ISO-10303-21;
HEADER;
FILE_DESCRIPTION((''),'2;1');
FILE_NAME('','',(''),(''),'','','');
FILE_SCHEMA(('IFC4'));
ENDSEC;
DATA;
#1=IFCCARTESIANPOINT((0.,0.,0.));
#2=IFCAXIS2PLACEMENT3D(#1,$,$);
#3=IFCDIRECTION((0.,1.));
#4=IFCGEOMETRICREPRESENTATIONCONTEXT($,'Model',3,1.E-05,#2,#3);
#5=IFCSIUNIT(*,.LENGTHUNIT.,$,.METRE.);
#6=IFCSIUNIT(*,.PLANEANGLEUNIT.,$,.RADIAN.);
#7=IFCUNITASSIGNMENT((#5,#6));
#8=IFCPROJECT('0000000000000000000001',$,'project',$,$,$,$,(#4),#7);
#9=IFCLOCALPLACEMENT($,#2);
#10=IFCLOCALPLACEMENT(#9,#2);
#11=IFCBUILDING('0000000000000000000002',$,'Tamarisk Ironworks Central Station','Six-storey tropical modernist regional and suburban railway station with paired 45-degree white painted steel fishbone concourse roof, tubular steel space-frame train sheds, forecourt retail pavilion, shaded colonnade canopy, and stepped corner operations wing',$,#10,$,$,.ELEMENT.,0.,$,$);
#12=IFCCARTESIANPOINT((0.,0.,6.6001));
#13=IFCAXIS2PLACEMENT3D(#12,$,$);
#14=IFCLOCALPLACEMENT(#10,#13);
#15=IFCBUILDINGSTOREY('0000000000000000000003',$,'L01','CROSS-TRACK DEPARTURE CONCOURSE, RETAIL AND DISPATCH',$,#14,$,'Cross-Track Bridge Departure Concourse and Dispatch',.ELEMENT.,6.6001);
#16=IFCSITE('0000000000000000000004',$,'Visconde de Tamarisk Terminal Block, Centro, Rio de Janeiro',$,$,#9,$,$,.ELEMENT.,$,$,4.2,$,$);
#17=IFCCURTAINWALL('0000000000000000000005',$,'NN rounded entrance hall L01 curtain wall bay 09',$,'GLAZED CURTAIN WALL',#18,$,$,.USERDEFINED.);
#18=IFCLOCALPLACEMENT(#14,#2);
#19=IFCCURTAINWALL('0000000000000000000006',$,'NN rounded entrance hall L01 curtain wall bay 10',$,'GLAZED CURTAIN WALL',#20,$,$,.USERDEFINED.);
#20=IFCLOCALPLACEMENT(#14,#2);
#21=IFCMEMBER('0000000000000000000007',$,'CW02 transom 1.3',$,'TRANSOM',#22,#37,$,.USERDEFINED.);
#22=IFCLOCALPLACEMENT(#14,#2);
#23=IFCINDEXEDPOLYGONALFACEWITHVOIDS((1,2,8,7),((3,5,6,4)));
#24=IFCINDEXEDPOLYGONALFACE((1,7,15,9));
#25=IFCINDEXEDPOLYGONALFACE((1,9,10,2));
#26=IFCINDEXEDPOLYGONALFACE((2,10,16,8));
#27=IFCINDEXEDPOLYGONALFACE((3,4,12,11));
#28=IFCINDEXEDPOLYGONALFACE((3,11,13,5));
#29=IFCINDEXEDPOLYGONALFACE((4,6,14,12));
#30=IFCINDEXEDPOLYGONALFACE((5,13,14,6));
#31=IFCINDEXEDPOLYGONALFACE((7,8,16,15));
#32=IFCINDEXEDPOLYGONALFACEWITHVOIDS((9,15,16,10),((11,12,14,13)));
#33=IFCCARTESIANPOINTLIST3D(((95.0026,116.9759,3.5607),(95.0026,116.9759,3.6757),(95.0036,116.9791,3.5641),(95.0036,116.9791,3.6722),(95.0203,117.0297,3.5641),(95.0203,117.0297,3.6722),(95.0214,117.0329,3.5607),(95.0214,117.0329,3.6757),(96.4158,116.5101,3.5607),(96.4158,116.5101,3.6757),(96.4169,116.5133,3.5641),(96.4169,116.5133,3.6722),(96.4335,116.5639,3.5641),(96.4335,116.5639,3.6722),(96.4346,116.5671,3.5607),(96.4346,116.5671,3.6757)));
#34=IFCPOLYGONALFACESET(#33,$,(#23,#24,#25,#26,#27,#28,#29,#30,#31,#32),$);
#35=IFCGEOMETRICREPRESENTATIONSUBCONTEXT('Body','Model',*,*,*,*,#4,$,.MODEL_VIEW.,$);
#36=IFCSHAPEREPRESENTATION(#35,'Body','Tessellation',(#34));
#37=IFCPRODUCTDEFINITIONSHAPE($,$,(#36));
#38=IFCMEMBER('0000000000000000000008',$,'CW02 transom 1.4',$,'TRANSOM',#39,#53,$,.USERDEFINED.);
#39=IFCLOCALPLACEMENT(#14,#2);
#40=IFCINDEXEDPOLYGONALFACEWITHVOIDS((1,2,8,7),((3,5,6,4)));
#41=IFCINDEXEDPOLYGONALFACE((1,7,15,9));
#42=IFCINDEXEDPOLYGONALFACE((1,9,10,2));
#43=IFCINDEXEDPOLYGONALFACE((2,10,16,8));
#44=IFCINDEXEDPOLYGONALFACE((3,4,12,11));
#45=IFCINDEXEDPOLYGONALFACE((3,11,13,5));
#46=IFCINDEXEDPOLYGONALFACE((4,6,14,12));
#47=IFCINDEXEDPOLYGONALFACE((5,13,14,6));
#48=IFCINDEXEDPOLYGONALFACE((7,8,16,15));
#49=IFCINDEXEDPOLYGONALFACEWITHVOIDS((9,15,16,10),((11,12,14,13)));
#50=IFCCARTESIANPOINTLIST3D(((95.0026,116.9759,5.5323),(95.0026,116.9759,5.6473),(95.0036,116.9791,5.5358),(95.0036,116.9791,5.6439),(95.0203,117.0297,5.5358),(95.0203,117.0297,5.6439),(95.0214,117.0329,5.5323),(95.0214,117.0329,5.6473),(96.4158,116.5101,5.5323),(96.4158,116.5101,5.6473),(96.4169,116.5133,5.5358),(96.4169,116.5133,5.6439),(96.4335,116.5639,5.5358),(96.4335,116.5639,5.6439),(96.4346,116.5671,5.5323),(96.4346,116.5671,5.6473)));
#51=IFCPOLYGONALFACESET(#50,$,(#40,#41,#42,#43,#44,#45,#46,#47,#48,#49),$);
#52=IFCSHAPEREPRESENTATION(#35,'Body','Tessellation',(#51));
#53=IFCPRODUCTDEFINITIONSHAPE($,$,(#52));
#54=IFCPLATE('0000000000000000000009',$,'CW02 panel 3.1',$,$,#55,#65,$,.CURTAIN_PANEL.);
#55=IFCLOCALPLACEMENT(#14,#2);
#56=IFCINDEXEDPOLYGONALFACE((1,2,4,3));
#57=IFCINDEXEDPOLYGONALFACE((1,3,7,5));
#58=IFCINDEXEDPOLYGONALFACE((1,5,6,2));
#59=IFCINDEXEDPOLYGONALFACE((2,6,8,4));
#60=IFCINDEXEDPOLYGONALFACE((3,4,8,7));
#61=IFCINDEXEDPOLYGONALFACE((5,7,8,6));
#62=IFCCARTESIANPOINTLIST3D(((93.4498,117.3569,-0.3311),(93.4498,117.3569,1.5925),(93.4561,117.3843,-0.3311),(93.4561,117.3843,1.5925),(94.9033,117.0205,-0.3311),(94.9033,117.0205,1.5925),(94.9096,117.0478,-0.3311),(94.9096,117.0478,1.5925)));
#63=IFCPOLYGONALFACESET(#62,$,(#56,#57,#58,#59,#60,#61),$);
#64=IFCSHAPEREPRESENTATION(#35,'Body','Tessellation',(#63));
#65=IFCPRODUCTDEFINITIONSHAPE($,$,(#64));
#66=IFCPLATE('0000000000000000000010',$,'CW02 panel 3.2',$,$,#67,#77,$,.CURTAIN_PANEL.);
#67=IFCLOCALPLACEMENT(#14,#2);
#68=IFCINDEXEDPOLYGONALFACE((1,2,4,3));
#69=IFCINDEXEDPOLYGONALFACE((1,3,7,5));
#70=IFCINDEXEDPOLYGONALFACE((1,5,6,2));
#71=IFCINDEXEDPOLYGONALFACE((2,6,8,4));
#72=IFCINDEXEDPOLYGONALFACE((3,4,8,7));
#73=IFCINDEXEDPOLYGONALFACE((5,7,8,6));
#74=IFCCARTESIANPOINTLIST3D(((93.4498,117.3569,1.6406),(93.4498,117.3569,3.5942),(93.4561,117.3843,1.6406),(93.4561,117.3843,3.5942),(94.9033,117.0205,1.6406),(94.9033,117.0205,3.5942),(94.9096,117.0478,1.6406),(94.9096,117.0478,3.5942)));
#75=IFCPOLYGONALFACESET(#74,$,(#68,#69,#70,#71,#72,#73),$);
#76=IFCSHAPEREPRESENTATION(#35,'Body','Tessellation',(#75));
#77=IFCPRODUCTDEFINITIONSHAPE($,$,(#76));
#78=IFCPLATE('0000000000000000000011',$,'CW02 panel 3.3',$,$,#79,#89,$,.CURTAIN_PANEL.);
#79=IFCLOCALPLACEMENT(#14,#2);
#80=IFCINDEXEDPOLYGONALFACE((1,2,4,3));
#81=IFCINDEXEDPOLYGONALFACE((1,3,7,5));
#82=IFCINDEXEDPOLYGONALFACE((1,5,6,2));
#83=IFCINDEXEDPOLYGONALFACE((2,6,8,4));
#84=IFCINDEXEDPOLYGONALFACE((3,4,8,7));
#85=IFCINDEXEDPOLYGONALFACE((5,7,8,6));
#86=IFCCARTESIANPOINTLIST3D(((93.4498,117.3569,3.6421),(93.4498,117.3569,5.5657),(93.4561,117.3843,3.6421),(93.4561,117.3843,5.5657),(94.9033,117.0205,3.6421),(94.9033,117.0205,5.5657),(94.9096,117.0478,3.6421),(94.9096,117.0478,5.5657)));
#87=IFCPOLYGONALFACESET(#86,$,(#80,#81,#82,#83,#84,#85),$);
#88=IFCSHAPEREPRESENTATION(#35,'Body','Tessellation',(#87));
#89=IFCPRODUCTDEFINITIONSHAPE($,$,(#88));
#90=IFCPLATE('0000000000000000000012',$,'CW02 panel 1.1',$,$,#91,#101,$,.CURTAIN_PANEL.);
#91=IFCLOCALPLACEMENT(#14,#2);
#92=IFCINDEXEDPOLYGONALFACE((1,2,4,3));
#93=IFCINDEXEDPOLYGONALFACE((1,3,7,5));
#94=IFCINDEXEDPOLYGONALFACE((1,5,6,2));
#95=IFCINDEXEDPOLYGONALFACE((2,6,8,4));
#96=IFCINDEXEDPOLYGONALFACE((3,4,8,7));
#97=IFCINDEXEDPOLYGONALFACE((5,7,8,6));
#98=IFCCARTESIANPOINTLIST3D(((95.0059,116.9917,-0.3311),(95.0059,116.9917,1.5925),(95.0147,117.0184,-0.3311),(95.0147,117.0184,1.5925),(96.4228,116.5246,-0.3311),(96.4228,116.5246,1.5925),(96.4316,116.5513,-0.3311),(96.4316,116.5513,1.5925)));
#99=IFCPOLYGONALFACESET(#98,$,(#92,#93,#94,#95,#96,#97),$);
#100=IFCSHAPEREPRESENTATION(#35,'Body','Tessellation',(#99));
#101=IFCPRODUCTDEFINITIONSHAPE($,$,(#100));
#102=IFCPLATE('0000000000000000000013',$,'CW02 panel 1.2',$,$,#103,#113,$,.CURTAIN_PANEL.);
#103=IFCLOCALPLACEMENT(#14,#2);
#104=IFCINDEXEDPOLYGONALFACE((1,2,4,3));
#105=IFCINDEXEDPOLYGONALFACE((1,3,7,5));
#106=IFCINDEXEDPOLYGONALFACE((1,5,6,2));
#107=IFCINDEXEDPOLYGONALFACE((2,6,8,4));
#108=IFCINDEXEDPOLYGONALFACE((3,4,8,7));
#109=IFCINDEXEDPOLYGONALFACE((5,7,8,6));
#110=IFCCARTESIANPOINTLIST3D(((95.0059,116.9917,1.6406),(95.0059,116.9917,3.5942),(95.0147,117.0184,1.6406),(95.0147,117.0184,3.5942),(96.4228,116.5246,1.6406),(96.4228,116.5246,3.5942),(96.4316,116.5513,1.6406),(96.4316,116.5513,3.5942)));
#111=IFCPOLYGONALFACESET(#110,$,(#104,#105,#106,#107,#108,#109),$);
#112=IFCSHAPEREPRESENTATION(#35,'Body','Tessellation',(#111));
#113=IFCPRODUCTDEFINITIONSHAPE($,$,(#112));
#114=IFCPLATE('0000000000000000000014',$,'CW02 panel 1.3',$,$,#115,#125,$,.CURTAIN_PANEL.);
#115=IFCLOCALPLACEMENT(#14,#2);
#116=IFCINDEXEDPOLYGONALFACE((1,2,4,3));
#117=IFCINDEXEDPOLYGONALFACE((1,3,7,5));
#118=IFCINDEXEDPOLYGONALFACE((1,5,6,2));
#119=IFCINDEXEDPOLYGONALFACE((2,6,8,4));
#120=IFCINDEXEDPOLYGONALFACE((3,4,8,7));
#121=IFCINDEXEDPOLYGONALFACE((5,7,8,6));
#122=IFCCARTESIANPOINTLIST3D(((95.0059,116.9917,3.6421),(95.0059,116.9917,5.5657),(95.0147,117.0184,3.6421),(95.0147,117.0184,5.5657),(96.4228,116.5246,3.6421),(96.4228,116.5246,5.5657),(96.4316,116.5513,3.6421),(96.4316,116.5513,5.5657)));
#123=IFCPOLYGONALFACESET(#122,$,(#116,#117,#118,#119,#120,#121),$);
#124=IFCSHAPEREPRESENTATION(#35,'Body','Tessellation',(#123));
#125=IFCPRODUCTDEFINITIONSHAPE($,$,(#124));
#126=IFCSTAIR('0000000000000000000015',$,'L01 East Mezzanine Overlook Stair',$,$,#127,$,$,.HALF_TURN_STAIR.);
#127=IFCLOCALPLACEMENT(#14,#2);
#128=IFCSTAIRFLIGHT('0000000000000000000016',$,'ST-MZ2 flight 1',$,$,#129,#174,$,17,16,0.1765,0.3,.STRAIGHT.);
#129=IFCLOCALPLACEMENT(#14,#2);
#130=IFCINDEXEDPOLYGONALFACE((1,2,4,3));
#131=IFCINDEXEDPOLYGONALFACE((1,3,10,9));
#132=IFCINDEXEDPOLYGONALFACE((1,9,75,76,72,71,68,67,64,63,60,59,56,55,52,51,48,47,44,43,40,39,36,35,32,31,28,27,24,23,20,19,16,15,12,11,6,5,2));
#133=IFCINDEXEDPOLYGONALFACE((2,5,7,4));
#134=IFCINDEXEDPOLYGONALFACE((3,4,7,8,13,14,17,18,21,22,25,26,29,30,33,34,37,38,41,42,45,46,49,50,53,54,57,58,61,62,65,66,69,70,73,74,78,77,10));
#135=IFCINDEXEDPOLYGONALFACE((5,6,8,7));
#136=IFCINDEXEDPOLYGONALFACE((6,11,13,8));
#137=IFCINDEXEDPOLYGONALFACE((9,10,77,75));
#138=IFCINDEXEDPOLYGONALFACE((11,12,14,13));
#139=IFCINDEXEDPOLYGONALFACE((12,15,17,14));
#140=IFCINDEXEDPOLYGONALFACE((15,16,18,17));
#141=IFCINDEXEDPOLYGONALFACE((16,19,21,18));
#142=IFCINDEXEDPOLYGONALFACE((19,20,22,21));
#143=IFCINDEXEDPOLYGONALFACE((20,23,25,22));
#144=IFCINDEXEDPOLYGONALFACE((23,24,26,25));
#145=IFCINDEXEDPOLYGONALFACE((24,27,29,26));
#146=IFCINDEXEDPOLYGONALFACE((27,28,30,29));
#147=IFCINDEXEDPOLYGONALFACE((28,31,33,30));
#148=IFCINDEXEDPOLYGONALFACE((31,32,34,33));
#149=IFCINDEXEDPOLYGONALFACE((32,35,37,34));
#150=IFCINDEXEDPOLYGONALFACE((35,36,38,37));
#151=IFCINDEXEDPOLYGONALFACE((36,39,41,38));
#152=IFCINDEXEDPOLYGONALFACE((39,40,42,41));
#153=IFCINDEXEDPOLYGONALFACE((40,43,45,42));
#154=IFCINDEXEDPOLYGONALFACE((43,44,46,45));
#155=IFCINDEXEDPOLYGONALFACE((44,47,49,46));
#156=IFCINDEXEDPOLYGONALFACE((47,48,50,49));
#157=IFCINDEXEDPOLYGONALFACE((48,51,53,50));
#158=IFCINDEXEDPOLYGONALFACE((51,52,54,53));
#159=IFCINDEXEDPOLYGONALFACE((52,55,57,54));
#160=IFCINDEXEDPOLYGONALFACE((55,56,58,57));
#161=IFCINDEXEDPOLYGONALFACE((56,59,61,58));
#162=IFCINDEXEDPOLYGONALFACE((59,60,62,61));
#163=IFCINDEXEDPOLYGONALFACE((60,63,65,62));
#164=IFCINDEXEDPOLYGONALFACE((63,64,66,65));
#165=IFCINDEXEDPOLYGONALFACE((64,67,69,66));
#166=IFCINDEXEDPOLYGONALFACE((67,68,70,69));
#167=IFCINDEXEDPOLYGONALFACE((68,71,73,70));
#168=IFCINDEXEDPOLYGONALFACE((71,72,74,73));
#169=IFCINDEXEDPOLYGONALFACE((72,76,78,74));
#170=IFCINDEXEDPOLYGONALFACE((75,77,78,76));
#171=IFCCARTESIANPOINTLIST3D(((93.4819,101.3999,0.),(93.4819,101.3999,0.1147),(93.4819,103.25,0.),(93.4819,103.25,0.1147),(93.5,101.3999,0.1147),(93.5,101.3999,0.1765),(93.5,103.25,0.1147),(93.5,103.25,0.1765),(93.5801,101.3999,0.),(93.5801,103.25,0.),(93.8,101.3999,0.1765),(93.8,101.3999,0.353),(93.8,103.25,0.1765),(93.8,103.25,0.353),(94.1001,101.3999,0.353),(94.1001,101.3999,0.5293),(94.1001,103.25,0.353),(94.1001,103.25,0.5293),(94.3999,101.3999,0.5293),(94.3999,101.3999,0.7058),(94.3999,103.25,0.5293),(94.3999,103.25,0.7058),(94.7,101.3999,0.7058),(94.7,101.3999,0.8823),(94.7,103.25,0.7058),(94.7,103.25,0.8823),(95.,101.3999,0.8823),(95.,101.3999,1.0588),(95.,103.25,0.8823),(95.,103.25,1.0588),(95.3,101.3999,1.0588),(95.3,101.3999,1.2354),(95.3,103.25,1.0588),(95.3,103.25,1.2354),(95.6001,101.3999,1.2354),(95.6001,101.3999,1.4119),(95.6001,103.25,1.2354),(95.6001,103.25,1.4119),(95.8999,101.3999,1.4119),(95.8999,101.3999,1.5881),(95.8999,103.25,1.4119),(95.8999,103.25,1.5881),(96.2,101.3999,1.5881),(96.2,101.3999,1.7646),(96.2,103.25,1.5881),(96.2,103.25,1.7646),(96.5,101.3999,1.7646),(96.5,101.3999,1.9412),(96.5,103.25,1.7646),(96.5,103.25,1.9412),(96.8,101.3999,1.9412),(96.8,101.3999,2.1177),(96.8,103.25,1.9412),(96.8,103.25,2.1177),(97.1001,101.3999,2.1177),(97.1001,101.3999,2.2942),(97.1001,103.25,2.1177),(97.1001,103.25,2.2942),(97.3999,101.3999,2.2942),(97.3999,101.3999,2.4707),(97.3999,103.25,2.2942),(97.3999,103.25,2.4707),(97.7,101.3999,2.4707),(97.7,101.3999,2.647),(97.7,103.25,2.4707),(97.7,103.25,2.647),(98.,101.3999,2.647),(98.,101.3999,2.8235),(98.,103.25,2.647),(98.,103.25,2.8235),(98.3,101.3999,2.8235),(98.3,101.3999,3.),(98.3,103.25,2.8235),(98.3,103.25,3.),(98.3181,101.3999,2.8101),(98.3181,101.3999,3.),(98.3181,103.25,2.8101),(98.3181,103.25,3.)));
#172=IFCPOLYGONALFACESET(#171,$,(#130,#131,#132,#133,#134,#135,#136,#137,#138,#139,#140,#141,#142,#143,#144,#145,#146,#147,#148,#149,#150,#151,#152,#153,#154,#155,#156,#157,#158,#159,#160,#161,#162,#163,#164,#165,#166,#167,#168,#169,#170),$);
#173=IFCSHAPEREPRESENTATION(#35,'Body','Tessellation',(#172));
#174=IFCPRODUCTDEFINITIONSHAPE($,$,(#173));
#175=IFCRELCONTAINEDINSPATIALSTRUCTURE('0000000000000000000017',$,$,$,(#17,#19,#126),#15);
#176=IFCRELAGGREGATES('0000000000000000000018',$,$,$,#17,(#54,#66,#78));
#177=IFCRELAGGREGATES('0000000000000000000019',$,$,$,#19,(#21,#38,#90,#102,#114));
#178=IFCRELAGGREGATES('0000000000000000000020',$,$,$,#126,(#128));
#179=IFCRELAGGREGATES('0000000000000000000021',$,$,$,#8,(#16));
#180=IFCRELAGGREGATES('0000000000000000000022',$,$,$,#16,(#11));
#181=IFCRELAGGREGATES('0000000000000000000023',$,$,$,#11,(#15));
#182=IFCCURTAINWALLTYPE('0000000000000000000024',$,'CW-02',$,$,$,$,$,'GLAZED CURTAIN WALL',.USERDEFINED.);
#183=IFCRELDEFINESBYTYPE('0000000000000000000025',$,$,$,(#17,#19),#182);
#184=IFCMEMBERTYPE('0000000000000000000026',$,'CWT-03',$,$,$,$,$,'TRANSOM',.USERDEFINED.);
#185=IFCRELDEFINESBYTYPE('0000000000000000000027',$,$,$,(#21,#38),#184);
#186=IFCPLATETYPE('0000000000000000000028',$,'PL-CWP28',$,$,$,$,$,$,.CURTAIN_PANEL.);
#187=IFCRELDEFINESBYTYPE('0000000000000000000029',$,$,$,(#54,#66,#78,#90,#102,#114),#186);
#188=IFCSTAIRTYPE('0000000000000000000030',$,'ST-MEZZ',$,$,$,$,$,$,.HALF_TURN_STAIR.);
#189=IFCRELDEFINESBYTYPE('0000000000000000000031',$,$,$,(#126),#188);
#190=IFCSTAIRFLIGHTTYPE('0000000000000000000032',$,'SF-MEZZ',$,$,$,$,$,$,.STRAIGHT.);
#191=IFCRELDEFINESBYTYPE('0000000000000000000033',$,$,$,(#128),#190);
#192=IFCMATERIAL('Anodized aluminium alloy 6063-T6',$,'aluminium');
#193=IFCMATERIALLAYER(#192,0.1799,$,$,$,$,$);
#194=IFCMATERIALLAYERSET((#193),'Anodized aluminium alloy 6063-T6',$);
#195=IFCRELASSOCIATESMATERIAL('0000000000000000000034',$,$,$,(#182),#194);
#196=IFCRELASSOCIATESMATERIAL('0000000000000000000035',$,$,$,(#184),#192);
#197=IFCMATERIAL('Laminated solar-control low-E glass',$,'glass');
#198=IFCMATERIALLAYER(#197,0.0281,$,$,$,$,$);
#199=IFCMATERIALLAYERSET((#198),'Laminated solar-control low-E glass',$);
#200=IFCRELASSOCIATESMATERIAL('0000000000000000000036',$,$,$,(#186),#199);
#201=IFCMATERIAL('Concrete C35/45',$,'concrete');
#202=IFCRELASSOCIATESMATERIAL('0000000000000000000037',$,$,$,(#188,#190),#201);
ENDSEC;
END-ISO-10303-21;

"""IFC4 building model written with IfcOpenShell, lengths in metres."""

from ifc_helpers import new_model, si_unit, direction, frame, origin, origin_2d, place, context, subcontext, project, spatial, polyline, rectangle, hollow_rectangle, outline, extrude, material, layer, layer_set, material_profile, profile_set, type_object, element, aggregate, save


model = new_model("IFC4")

# Units and contexts
model_context = context("Model", 3, precision=1e-05, world=origin(), true_north=direction((0.0, 1.0)))
body_context = subcontext(model_context, "Body", "Model", "MODEL_VIEW")
ifc_project = project(units=[si_unit("LENGTHUNIT", "METRE"), si_unit("PLANEANGLEUNIT", "RADIAN")], contexts=[model_context])

# Site, building, storey
site_placement = place(None, origin())
site = spatial("IfcSite", under=ifc_project, at=site_placement, Name="Visconde de Tamarisk Terminal Block, Centro, Rio de Janeiro", CompositionType="ELEMENT", RefElevation=4.2)
building_placement = place(site_placement, origin())
building = spatial("IfcBuilding", under=site, at=building_placement, Name="Tamarisk Ironworks Central Station", Description="Six-storey tropical modernist regional and suburban railway station with paired 45-degree white painted steel fishbone concourse roof, tubular steel space-frame train sheds, forecourt retail pavilion, shaded colonnade canopy, and stepped corner operations wing", CompositionType="ELEMENT", ElevationOfRefHeight=0.0)
storey_placement = place(building_placement, frame((0.0, 0.0, 6.6001)))
storey = spatial("IfcBuildingStorey", under=building, at=storey_placement, Name="L01", Description="CROSS-TRACK DEPARTURE CONCOURSE, RETAIL AND DISPATCH", LongName="Cross-Track Bridge Departure Concourse and Dispatch", CompositionType="ELEMENT", Elevation=6.6001)

# Curtain wall
ifc_material_1 = material(Name="Anodized aluminium alloy 6063-T6", Category="aluminium")
ifc_layer_1 = layer(ifc_material_1, 0.1799)
ifc_layer_set_1 = layer_set([ifc_layer_1], Name="Anodized aluminium alloy 6063-T6")
curtain_wall_type = type_object("IfcCurtainWallType", Name="CW-02", ElementType="GLAZED CURTAIN WALL", PredefinedType="USERDEFINED", material=ifc_layer_set_1)
curtain_wall_1_placement = place(storey_placement, origin())
curtain_wall_1 = element("IfcCurtainWall", 1, at=curtain_wall_1_placement, inside=storey, type_object=curtain_wall_type, Name="NN rounded entrance hall L01 curtain wall bay 09", ObjectType="GLAZED CURTAIN WALL", PredefinedType="USERDEFINED")

# Curtain wall
curtain_wall_2_placement = place(storey_placement, origin())
curtain_wall_2 = element("IfcCurtainWall", 2, at=curtain_wall_2_placement, inside=storey, type_object=curtain_wall_type, Name="NN rounded entrance hall L01 curtain wall bay 10", ObjectType="GLAZED CURTAIN WALL", PredefinedType="USERDEFINED")

# Members
ifc_material_profile_1 = material_profile(ifc_material_1, hollow_rectangle(XDim=0.0601, YDim=0.115, WallThickness=0.0034, at=origin_2d()), Name="ALUM 115x60")
ifc_profile_set_1 = profile_set([ifc_material_profile_1], Name="Anodized aluminium alloy 6063-T6")
member_type_1 = type_object("IfcMemberType", Name="CWT-03", ElementType="TRANSOM", PredefinedType="USERDEFINED", material=ifc_profile_set_1)
member_1_placement = place(storey_placement, frame((95.012, 117.0044, 3.6182), z_axis=(0.949744, -0.313027, 0.0), x_axis=(0.313027, 0.949744, 0.0)))
member_1 = element("IfcMember", 3, at=member_1_placement, type_object=member_type_1, Name="CW02 transom 1.3", ObjectType="TRANSOM", PredefinedType="USERDEFINED", context=body_context, shape_type="SweptSolid", body=[
    extrude(hollow_rectangle(XDim=0.0601, YDim=0.115, WallThickness=0.0034, at=origin_2d()), origin(), (0.0, 0.0, 1.0), 1.488),
])
member_2_placement = place(storey_placement, frame((95.012, 117.0044, 5.5898), z_axis=(0.949744, -0.313027, 0.0), x_axis=(0.313027, 0.949744, 0.0)))
member_2 = element("IfcMember", 4, at=member_2_placement, type_object=member_type_1, Name="CW02 transom 1.4", ObjectType="TRANSOM", PredefinedType="USERDEFINED", context=body_context, shape_type="SweptSolid", body=[
    extrude(hollow_rectangle(XDim=0.0601, YDim=0.115, WallThickness=0.0034, at=origin_2d()), origin(), (0.0, 0.0, 1.0), 1.488),
])

# Plates
ifc_material_2 = material(Name="Laminated solar-control low-E glass", Category="glass")
ifc_layer_2 = layer(ifc_material_2, 0.0281)
ifc_layer_set_2 = layer_set([ifc_layer_2], Name="Laminated solar-control low-E glass")
plate_type = type_object("IfcPlateType", Name="PL-CWP28", PredefinedType="CURTAIN_PANEL", material=ifc_layer_set_2)
plate_1_placement = place(storey_placement, frame((94.1797, 117.2024, -0.3311), z_axis=(0.0, 0.0, 1.0), x_axis=(0.974239, -0.225517, 0.0)))
plate_1 = element("IfcPlate", 5, at=plate_1_placement, type_object=plate_type, Name="CW02 panel 3.1", PredefinedType="CURTAIN_PANEL", context=body_context, shape_type="SweptSolid", body=[
    extrude(rectangle(XDim=1.4919, YDim=0.0281, at=origin_2d()), origin(), (0.0, 0.0, 1.0), 1.9236),
])
plate_2_placement = place(storey_placement, frame((94.1797, 117.2024, 1.6406), z_axis=(0.0, 0.0, 1.0), x_axis=(0.974239, -0.225517, 0.0)))
plate_2 = element("IfcPlate", 6, at=plate_2_placement, type_object=plate_type, Name="CW02 panel 3.2", PredefinedType="CURTAIN_PANEL", context=body_context, shape_type="SweptSolid", body=[
    extrude(rectangle(XDim=1.4919, YDim=0.0281, at=origin_2d()), origin(), (0.0, 0.0, 1.0), 1.9536),
])
plate_3_placement = place(storey_placement, frame((94.1797, 117.2024, 3.6421), z_axis=(0.0, 0.0, 1.0), x_axis=(0.974239, -0.225517, 0.0)))
plate_3 = element("IfcPlate", 7, at=plate_3_placement, type_object=plate_type, Name="CW02 panel 3.3", PredefinedType="CURTAIN_PANEL", context=body_context, shape_type="SweptSolid", body=[
    extrude(rectangle(XDim=1.4919, YDim=0.0281, at=origin_2d()), origin(), (0.0, 0.0, 1.0), 1.9236),
])
aggregate(curtain_wall_1, [plate_1, plate_2, plate_3])
plate_4_placement = place(storey_placement, frame((95.7188, 116.7715, -0.3311), z_axis=(0.0, 0.0, 1.0), x_axis=(0.949721, -0.313098, 0.0)))
plate_4 = element("IfcPlate", 8, at=plate_4_placement, type_object=plate_type, Name="CW02 panel 1.1", PredefinedType="CURTAIN_PANEL", context=body_context, shape_type="SweptSolid", body=[
    extrude(rectangle(XDim=1.4919, YDim=0.0281, at=origin_2d()), origin(), (0.0, 0.0, 1.0), 1.9236),
])
plate_5_placement = place(storey_placement, frame((95.7188, 116.7715, 1.6406), z_axis=(0.0, 0.0, 1.0), x_axis=(0.949721, -0.313098, 0.0)))
plate_5 = element("IfcPlate", 9, at=plate_5_placement, type_object=plate_type, Name="CW02 panel 1.2", PredefinedType="CURTAIN_PANEL", context=body_context, shape_type="SweptSolid", body=[
    extrude(rectangle(XDim=1.4919, YDim=0.0281, at=origin_2d()), origin(), (0.0, 0.0, 1.0), 1.9536),
])
plate_6_placement = place(storey_placement, frame((95.7188, 116.7715, 3.6421), z_axis=(0.0, 0.0, 1.0), x_axis=(0.949721, -0.313098, 0.0)))
plate_6 = element("IfcPlate", 10, at=plate_6_placement, type_object=plate_type, Name="CW02 panel 1.3", PredefinedType="CURTAIN_PANEL", context=body_context, shape_type="SweptSolid", body=[
    extrude(rectangle(XDim=1.4919, YDim=0.0281, at=origin_2d()), origin(), (0.0, 0.0, 1.0), 1.9236),
])
aggregate(curtain_wall_2, [member_1, member_2, plate_4, plate_5, plate_6])

# Stair, stair flight
ifc_material_3 = material(Name="Concrete C35/45", Category="concrete")
stair_type = type_object("IfcStairType", Name="ST-MEZZ", PredefinedType="HALF_TURN_STAIR", material=ifc_material_3)
stair_placement = place(storey_placement, origin())
stair = element("IfcStair", 11, at=stair_placement, inside=storey, type_object=stair_type, Name="L01 East Mezzanine Overlook Stair", PredefinedType="HALF_TURN_STAIR")
stair_flight_type = type_object("IfcStairFlightType", Name="SF-MEZZ", PredefinedType="STRAIGHT", material=ifc_material_3)
stair_flight_placement = place(storey_placement, frame((93.5, 102.325, 0.0), z_axis=(0.0, 0.0, 1.0), x_axis=(1.0, 0.0, 0.0)))
stair_flight = element("IfcStairFlight", 12, at=stair_flight_placement, type_object=stair_flight_type, Name="ST-MZ2 flight 1", NumberOfRisers=17, NumberOfTreads=16, PredefinedType="STRAIGHT", RiserHeight=0.1765, TreadLength=0.3, context=body_context, shape_type="SweptSolid", body=[
    extrude(outline(polyline([(-0.0181, 0.0), (-0.0181, 0.1147), (0.0, 0.1147), (0.0, 0.1765), (0.3, 0.1765), (0.3, 0.353), (0.6001, 0.353), (0.6001, 0.5293), (0.8999, 0.5293), (0.8999, 0.7058), (1.2, 0.7058), (1.2, 0.8823), (1.5, 0.8823), (1.5, 1.0588), (1.8, 1.0588), (1.8, 1.2354), (2.1001, 1.2354), (2.1001, 1.4119), (2.3999, 1.4119), (2.3999, 1.5881), (2.7, 1.5881), (2.7, 1.7646), (3.0, 1.7646), (3.0, 1.9412), (3.3, 1.9412), (3.3, 2.1177), (3.6001, 2.1177), (3.6001, 2.2942), (3.8999, 2.2942), (3.8999, 2.4707), (4.2, 2.4707), (4.2, 2.647), (4.5, 2.647), (4.5, 2.8235), (4.8, 2.8235), (4.8, 3.0), (4.8181, 3.0), (4.8181, 2.8101), (0.0801, 0.0), (-0.0181, 0.0)])), frame((0.0, 0.925, 0.0), z_axis=(0.0, -1.0, 0.0), x_axis=(1.0, 0.0, 0.0)), (0.0, 0.0, 1.0), 1.8501),
])
aggregate(stair, [stair_flight])

save(model, "model.ifc")
